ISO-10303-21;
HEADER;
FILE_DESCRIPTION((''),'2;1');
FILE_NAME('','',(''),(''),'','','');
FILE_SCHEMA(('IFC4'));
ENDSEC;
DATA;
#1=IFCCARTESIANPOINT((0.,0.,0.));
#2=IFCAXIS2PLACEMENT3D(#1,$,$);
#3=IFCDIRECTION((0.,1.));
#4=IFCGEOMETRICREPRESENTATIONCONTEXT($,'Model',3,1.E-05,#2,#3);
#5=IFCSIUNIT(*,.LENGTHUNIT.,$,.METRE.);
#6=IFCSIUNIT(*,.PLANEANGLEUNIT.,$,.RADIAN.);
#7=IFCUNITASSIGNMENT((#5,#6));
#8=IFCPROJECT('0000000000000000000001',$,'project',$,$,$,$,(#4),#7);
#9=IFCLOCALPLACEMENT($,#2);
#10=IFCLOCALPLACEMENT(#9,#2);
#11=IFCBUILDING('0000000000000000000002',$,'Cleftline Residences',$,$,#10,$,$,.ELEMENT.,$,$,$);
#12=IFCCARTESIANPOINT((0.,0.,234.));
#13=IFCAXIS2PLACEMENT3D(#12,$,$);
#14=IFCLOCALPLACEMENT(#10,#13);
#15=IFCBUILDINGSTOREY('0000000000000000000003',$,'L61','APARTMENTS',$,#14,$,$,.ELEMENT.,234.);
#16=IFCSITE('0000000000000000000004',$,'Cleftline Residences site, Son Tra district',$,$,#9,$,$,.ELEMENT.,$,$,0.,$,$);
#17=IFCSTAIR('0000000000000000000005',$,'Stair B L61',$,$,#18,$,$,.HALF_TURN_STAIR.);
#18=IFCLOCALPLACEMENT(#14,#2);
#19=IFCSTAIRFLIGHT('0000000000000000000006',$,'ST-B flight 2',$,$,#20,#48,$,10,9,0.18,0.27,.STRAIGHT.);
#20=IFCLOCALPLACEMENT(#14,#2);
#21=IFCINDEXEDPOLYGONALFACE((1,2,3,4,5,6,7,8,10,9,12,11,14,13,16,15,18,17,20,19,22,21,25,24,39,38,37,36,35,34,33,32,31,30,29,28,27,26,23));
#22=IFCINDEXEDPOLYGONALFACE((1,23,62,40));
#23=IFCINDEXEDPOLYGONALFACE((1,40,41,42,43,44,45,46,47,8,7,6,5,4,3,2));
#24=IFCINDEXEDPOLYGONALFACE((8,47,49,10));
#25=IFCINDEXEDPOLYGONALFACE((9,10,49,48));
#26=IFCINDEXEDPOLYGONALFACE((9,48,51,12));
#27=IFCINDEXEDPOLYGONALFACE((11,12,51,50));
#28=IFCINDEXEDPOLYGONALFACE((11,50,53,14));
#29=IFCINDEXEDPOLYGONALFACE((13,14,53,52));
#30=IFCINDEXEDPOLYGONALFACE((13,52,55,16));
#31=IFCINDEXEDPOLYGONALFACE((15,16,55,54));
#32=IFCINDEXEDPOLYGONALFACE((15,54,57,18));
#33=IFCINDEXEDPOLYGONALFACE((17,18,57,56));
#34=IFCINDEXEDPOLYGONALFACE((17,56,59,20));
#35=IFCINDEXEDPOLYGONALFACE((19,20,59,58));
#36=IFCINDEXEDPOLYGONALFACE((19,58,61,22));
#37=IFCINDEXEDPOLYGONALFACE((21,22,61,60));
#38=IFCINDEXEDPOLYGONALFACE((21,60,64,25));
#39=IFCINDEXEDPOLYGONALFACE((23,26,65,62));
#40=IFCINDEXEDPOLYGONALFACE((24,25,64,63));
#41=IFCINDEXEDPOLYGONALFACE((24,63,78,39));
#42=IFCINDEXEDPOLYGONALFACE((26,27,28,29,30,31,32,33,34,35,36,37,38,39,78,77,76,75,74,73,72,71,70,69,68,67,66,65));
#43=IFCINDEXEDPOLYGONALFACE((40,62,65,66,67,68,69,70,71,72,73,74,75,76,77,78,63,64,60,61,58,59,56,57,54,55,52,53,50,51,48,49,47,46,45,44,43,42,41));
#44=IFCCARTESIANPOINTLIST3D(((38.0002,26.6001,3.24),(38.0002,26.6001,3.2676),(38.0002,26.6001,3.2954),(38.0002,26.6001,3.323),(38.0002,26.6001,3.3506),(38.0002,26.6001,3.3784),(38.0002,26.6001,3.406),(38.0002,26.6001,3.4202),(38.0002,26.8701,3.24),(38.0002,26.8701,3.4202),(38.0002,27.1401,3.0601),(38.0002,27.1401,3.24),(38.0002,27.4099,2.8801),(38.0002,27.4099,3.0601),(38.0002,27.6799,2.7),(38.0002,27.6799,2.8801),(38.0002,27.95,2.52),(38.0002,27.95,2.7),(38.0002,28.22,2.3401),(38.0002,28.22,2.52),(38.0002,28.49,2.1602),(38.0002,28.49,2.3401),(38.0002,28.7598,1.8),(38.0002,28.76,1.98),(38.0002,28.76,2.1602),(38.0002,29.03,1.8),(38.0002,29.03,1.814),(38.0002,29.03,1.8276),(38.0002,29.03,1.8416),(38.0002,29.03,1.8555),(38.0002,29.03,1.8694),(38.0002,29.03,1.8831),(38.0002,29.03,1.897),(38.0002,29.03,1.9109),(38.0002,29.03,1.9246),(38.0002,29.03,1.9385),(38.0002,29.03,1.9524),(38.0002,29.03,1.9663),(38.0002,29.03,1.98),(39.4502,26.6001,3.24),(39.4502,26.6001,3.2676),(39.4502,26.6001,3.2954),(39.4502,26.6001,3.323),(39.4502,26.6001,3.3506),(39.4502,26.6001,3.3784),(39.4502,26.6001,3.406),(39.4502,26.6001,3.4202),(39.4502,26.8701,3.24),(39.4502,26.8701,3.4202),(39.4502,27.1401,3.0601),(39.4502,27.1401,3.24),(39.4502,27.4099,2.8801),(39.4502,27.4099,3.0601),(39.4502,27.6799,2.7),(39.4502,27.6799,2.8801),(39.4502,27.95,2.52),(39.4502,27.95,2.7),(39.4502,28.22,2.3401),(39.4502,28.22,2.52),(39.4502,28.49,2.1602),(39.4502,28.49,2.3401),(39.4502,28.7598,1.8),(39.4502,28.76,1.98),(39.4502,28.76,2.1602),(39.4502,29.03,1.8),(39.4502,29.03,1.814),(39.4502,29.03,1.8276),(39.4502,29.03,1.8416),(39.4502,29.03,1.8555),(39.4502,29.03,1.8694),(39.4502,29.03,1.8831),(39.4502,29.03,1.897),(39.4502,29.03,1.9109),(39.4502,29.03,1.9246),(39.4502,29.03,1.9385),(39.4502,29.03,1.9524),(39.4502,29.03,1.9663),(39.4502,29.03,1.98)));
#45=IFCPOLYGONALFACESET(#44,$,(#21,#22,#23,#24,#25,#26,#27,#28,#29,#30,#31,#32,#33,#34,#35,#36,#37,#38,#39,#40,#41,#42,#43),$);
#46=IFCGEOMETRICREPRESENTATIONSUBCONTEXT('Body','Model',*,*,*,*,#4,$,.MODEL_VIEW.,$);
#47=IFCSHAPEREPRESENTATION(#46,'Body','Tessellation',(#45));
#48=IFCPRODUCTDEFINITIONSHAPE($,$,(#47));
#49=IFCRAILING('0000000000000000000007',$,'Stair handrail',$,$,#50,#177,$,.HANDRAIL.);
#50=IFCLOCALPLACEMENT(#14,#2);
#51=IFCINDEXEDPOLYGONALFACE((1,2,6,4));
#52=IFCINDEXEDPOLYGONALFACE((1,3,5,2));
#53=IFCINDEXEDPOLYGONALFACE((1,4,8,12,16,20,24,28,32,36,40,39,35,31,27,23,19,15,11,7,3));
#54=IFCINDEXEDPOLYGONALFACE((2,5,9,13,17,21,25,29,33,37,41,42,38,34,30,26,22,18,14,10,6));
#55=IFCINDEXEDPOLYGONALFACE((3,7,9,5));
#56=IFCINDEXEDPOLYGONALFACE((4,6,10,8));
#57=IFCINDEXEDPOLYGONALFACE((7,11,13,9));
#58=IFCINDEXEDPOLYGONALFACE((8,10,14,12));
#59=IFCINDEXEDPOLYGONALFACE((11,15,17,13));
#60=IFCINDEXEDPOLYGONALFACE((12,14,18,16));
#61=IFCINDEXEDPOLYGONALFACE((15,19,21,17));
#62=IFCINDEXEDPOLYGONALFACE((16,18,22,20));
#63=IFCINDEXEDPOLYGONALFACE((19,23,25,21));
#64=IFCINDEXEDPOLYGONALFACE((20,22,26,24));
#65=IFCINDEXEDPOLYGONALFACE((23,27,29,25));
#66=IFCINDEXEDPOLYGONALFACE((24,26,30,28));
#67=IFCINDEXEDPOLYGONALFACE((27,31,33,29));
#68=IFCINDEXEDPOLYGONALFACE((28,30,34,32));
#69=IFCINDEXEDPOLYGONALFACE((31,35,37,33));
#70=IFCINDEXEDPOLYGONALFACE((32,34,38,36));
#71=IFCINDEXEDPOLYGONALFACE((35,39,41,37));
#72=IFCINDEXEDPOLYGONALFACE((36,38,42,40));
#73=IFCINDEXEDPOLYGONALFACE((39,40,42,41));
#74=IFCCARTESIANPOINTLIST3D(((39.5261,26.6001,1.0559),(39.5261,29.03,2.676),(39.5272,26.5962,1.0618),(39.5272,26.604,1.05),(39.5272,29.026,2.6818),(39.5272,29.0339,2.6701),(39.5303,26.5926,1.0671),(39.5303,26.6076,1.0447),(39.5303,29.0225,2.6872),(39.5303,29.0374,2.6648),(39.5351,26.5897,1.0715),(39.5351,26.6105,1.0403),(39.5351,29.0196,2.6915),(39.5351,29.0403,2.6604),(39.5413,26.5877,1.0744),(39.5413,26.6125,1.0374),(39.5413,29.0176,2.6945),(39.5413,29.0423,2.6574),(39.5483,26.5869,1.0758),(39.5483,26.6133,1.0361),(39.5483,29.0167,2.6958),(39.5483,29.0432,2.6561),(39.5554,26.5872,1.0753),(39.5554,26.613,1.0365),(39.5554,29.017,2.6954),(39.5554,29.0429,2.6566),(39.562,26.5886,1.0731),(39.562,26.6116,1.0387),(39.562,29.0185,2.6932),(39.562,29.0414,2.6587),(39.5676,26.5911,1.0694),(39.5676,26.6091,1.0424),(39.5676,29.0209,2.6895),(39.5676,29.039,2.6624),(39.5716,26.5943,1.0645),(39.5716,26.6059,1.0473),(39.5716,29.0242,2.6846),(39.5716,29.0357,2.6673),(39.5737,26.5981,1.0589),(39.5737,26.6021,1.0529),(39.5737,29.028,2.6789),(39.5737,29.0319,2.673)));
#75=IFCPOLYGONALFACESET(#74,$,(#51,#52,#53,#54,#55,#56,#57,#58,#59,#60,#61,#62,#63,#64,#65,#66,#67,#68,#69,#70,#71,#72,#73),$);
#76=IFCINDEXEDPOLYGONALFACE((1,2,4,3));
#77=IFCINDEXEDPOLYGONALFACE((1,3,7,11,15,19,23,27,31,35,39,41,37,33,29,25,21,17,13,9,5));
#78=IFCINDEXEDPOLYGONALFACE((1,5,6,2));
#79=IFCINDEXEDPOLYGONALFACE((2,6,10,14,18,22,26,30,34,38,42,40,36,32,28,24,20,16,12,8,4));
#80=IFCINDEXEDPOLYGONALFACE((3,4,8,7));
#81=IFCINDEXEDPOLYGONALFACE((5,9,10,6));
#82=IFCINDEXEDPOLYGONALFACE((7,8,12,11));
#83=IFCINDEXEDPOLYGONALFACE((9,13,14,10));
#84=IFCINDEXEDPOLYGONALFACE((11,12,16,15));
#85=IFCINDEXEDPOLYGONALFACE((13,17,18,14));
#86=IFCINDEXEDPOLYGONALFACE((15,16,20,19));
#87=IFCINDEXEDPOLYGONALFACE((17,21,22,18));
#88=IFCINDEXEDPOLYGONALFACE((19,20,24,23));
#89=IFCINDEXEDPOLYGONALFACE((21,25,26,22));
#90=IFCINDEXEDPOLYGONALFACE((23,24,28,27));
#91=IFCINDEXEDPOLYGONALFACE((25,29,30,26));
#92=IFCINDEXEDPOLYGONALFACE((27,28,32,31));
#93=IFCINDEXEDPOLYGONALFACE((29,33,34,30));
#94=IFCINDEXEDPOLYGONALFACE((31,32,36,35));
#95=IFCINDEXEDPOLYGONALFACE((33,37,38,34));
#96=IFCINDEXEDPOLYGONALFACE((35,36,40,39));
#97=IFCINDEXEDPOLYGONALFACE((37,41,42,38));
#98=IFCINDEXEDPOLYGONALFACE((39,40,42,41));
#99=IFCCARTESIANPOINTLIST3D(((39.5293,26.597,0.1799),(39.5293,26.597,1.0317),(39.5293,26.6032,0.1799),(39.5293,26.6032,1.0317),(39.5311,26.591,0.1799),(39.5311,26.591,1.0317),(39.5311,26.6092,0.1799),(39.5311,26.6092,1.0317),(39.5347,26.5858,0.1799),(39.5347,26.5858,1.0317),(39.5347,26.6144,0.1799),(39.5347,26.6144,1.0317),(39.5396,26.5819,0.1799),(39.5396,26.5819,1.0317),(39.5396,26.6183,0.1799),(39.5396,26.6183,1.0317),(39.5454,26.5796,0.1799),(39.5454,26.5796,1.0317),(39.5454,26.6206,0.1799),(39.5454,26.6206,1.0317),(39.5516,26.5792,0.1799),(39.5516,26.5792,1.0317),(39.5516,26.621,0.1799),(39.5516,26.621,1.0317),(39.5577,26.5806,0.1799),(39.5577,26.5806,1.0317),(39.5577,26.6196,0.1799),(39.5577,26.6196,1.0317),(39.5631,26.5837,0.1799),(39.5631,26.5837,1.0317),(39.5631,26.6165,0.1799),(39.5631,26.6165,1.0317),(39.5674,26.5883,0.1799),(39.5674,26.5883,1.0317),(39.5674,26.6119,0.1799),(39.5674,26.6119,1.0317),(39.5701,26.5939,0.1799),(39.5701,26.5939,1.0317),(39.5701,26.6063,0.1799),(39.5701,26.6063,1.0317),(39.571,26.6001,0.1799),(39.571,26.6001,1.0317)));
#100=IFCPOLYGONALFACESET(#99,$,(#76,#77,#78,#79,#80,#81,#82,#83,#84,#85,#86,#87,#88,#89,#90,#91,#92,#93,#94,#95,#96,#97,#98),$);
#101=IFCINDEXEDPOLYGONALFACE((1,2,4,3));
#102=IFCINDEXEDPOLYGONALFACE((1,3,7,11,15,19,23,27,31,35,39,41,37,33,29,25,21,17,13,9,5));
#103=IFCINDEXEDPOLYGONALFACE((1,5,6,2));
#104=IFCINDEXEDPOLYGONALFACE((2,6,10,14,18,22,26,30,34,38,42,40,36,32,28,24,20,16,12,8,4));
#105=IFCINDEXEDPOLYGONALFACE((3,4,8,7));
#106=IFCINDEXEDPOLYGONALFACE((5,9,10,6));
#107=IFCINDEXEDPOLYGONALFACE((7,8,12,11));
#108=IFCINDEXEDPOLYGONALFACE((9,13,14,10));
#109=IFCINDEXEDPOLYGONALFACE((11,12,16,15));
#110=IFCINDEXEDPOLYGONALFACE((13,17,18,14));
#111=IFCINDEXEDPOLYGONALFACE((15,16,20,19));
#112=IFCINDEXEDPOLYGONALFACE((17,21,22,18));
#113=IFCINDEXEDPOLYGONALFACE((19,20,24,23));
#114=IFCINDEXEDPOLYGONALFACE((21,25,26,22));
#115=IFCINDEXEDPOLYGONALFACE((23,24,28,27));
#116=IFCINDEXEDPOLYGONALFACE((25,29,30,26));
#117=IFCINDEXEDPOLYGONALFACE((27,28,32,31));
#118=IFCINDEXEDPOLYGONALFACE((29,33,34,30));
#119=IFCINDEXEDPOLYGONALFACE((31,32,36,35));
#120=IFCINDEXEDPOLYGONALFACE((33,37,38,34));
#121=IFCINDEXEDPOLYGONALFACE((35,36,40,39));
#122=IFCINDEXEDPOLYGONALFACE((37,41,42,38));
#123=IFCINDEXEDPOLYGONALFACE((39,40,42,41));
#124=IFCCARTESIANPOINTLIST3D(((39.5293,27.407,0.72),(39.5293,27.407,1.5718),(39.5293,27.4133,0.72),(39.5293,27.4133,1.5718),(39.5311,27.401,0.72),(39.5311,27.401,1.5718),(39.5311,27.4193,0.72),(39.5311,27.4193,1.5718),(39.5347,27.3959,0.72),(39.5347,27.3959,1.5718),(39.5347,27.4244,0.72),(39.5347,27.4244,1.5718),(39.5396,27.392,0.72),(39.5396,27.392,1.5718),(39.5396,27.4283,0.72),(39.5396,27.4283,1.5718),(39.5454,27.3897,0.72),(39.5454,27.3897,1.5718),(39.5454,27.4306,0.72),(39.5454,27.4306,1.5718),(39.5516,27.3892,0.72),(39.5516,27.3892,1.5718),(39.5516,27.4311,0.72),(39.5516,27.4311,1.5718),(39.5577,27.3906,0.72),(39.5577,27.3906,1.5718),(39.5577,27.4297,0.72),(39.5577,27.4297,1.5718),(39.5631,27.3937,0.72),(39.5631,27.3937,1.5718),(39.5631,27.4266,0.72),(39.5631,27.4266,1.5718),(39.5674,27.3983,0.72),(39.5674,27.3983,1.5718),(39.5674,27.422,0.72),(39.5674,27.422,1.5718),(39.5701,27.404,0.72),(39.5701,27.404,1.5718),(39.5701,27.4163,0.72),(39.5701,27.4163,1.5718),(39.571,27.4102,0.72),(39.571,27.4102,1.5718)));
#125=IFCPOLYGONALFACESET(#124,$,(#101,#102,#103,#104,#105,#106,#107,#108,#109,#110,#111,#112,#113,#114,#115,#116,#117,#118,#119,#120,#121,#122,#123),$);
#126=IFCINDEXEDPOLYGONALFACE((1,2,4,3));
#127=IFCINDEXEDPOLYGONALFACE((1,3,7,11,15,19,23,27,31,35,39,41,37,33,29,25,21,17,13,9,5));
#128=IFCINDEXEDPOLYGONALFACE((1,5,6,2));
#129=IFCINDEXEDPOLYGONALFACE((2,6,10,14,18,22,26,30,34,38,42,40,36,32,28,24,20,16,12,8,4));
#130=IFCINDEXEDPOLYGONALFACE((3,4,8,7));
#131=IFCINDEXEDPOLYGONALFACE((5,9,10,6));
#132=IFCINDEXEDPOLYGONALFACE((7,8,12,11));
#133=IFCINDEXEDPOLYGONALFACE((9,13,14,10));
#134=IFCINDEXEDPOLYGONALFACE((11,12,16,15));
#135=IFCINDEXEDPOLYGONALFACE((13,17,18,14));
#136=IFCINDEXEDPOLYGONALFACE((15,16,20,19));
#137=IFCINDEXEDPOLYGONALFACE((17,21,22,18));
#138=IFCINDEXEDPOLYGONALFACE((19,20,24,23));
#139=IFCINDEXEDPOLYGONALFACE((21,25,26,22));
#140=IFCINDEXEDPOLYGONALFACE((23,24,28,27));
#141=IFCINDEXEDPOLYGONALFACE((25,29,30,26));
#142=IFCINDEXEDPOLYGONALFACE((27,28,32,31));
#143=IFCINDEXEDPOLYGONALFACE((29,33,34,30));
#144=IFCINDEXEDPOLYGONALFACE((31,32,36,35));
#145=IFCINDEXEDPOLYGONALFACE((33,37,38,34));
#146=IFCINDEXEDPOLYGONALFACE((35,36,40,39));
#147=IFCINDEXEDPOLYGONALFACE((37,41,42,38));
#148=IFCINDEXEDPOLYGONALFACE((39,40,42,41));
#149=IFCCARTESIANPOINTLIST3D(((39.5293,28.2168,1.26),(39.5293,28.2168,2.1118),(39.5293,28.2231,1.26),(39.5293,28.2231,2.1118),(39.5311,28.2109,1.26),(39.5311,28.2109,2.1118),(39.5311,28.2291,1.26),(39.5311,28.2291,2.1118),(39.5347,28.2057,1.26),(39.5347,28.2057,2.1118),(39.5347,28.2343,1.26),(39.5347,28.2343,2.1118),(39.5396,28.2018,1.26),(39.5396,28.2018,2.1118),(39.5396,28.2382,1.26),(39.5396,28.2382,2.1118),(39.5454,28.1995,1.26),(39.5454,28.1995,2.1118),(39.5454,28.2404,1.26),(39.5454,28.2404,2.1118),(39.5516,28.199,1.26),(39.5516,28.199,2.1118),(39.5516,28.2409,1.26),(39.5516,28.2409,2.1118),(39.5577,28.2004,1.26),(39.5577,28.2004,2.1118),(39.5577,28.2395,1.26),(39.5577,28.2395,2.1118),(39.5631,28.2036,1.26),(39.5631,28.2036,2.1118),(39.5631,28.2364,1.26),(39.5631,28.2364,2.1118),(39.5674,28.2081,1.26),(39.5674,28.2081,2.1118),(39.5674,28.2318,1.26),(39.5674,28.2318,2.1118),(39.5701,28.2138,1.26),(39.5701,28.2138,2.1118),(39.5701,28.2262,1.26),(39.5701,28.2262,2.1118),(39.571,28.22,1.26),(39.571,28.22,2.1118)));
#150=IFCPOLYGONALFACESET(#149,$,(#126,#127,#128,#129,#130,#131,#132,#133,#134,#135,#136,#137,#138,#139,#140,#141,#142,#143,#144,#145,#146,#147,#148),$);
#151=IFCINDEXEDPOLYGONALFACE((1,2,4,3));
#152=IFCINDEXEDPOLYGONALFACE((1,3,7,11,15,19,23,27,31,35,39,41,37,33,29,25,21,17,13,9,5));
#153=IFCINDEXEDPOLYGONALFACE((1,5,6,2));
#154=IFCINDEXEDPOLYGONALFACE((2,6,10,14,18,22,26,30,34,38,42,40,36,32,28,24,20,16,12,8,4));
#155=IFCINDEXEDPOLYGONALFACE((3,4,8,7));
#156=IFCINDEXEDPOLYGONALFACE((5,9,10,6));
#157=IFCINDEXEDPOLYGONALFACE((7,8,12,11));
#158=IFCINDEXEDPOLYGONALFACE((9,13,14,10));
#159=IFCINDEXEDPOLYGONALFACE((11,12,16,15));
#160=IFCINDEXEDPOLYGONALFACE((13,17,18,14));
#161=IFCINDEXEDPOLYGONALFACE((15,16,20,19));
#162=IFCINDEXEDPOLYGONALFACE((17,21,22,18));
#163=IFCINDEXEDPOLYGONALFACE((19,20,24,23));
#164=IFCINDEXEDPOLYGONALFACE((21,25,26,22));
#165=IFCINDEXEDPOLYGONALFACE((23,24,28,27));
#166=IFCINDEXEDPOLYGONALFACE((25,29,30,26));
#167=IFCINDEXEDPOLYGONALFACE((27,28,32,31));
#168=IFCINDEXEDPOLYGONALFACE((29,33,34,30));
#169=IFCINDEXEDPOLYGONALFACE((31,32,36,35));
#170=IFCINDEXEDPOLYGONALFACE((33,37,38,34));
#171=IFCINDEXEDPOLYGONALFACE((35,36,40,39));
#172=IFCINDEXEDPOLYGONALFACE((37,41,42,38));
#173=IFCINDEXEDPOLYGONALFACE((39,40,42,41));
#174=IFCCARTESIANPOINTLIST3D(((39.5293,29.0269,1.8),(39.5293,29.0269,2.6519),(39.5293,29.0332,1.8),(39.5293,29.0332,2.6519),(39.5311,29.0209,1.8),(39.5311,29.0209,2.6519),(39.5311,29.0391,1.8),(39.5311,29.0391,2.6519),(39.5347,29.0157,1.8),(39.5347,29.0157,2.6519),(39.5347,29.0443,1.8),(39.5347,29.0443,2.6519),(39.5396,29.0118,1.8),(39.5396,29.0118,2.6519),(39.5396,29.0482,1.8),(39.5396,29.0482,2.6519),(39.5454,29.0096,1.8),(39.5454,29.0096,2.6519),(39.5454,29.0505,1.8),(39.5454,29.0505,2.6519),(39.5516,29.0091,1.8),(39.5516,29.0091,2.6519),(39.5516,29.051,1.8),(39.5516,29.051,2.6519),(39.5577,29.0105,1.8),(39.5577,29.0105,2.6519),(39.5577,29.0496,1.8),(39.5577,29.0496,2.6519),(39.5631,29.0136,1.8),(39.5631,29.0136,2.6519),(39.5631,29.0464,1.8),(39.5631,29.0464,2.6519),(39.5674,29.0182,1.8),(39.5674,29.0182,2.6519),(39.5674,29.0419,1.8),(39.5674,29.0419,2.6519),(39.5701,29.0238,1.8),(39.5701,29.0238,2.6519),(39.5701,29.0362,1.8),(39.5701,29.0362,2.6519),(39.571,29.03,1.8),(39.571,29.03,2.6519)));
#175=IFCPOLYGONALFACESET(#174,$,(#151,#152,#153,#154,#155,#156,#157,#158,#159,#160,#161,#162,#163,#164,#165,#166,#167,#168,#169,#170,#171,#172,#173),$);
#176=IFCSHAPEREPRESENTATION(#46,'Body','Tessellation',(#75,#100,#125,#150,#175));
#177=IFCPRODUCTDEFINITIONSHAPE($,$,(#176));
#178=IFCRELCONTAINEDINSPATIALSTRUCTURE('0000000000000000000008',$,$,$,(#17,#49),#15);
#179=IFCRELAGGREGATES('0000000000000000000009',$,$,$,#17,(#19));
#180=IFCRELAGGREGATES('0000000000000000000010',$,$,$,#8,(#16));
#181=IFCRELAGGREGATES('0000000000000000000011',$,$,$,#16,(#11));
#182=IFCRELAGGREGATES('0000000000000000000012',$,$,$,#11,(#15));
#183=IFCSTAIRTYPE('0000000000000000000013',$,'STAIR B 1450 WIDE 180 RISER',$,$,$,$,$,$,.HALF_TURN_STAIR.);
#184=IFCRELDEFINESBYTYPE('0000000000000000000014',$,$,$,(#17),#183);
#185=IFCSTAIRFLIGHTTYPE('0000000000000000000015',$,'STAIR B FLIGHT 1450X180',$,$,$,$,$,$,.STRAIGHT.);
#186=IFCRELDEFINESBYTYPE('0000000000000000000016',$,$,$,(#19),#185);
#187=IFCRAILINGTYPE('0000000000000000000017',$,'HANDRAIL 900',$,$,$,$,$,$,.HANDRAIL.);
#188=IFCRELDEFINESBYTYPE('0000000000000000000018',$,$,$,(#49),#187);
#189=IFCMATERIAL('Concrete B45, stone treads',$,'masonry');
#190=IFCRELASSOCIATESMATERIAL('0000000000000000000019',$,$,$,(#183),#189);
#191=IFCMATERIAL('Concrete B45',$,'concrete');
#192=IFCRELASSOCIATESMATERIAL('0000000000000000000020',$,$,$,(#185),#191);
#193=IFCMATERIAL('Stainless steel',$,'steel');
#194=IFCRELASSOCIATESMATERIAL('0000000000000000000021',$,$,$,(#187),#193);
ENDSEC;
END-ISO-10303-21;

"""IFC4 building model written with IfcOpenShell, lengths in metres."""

from ifc_helpers import new_model, si_unit, direction, frame, origin, origin_2d, place, context, subcontext, project, spatial, polyline, circle, outline, extrude, material, type_object, element, aggregate, save


model = new_model("IFC4")

# Units and contexts
model_context = context("Model", 3, precision=1e-05, world=origin(), true_north=direction((0.0, 1.0)))
body_context = subcontext(model_context, "Body", "Model", "MODEL_VIEW")
ifc_project = project(units=[si_unit("LENGTHUNIT", "METRE"), si_unit("PLANEANGLEUNIT", "RADIAN")], contexts=[model_context])

# Site, building, storey
site_placement = place(None, origin())
site = spatial("IfcSite", under=ifc_project, at=site_placement, Name="Cleftline Residences site, Son Tra district", CompositionType="ELEMENT", RefElevation=0.0)
building_placement = place(site_placement, origin())
building = spatial("IfcBuilding", under=site, at=building_placement, Name="Cleftline Residences", CompositionType="ELEMENT")
storey_placement = place(building_placement, frame((0.0, 0.0, 234.0)))
storey = spatial("IfcBuildingStorey", under=building, at=storey_placement, Name="L61", Description="APARTMENTS", CompositionType="ELEMENT", Elevation=234.0)

# Stair, stair flight
ifc_material_1 = material(Name="Concrete B45, stone treads", Category="masonry")
stair_type = type_object("IfcStairType", Name="STAIR B 1450 WIDE 180 RISER", PredefinedType="HALF_TURN_STAIR", material=ifc_material_1)
stair_placement = place(storey_placement, origin())
stair = element("IfcStair", 1, at=stair_placement, inside=storey, type_object=stair_type, Name="Stair B L61", PredefinedType="HALF_TURN_STAIR")
ifc_material_2 = material(Name="Concrete B45", Category="concrete")
stair_flight_type = type_object("IfcStairFlightType", Name="STAIR B FLIGHT 1450X180", PredefinedType="STRAIGHT", material=ifc_material_2)
stair_flight_1_placement = place(storey_placement, frame((38.7251, 29.03, 1.8), z_axis=(0.0, 0.0, 1.0), x_axis=(0.0, -1.0, 0.0)))
stair_flight_1 = element("IfcStairFlight", 2, at=stair_flight_1_placement, type_object=stair_flight_type, Name="ST-B flight 2", NumberOfRisers=10, NumberOfTreads=9, PredefinedType="STRAIGHT", RiserHeight=0.18, TreadLength=0.27, context=body_context, shape_type="SweptSolid", body=[
    extrude(outline(polyline([(0.0, 0.0), (0.0, 0.0139), (0.0, 0.0276), (0.0, 0.0415), (0.0, 0.0554), (0.0, 0.0693), (0.0, 0.083), (0.0, 0.0969), (0.0, 0.1108), (0.0, 0.1245), (0.0, 0.1384), (0.0, 0.1523), (0.0, 0.1663), (0.0, 0.1799), (0.27, 0.1799), (0.27, 0.3601), (0.54, 0.3601), (0.54, 0.54), (0.8101, 0.54), (0.8101, 0.72), (1.0801, 0.72), (1.0801, 0.8999), (1.3501, 0.8999), (1.3501, 1.0801), (1.6201, 1.0801), (1.6201, 1.26), (1.8899, 1.26), (1.8899, 1.4399), (2.1599, 1.4399), (2.1599, 1.6201), (2.4299, 1.6201), (2.4299, 1.8), (2.4299, 1.7722), (2.4299, 1.7446), (2.4299, 1.7168), (2.4299, 1.6892), (2.4299, 1.6614), (2.4299, 1.6338), (2.4299, 1.606), (2.4299, 1.5784), (2.4299, 1.5505), (2.4299, 1.5229), (2.4299, 1.4954), (2.4299, 1.4675), (2.4299, 1.4399), (0.2703, 0.0), (0.0, 0.0)])), frame((0.0, 0.7251, 0.0), z_axis=(0.0, -1.0, 0.0), x_axis=(1.0, 0.0, 0.0)), (0.0, 0.0, 1.0), 1.45),
])
aggregate(stair, [stair_flight_1])

# Railing
ifc_material_3 = material(Name="Stainless steel", Category="steel")
railing_type = type_object("IfcRailingType", Name="HANDRAIL 900", PredefinedType="HANDRAIL", material=ifc_material_3)
railing_1_placement = place(storey_placement, frame((39.55, 26.6001, 0.1799)))
element("IfcRailing", 3, at=railing_1_placement, inside=storey, type_object=railing_type, Name="Stair handrail", PredefinedType="HANDRAIL", context=body_context, shape_type="SweptSolid", body=[
    extrude(circle(Radius=0.0239, at=origin_2d()), frame((0.0, 0.0, 0.876), z_axis=(0.0, 0.832025, 0.554739), x_axis=(-1.0, 0.0, 0.0)), (0.0, 0.0, 1.0), 2.9204),
    extrude(circle(Radius=0.021, at=origin_2d()), origin(), (0.0, 0.0, 1.0), 0.8518),
    extrude(circle(Radius=0.021, at=origin_2d()), frame((0.0, 0.8101, 0.54)), (0.0, 0.0, 1.0), 0.8518),
    extrude(circle(Radius=0.021, at=origin_2d()), frame((0.0, 1.6199, 1.0801)), (0.0, 0.0, 1.0), 0.8518),
    extrude(circle(Radius=0.021, at=origin_2d()), frame((0.0, 2.4299, 1.6201)), (0.0, 0.0, 1.0), 0.8518),
])

save(model, "model.ifc")
